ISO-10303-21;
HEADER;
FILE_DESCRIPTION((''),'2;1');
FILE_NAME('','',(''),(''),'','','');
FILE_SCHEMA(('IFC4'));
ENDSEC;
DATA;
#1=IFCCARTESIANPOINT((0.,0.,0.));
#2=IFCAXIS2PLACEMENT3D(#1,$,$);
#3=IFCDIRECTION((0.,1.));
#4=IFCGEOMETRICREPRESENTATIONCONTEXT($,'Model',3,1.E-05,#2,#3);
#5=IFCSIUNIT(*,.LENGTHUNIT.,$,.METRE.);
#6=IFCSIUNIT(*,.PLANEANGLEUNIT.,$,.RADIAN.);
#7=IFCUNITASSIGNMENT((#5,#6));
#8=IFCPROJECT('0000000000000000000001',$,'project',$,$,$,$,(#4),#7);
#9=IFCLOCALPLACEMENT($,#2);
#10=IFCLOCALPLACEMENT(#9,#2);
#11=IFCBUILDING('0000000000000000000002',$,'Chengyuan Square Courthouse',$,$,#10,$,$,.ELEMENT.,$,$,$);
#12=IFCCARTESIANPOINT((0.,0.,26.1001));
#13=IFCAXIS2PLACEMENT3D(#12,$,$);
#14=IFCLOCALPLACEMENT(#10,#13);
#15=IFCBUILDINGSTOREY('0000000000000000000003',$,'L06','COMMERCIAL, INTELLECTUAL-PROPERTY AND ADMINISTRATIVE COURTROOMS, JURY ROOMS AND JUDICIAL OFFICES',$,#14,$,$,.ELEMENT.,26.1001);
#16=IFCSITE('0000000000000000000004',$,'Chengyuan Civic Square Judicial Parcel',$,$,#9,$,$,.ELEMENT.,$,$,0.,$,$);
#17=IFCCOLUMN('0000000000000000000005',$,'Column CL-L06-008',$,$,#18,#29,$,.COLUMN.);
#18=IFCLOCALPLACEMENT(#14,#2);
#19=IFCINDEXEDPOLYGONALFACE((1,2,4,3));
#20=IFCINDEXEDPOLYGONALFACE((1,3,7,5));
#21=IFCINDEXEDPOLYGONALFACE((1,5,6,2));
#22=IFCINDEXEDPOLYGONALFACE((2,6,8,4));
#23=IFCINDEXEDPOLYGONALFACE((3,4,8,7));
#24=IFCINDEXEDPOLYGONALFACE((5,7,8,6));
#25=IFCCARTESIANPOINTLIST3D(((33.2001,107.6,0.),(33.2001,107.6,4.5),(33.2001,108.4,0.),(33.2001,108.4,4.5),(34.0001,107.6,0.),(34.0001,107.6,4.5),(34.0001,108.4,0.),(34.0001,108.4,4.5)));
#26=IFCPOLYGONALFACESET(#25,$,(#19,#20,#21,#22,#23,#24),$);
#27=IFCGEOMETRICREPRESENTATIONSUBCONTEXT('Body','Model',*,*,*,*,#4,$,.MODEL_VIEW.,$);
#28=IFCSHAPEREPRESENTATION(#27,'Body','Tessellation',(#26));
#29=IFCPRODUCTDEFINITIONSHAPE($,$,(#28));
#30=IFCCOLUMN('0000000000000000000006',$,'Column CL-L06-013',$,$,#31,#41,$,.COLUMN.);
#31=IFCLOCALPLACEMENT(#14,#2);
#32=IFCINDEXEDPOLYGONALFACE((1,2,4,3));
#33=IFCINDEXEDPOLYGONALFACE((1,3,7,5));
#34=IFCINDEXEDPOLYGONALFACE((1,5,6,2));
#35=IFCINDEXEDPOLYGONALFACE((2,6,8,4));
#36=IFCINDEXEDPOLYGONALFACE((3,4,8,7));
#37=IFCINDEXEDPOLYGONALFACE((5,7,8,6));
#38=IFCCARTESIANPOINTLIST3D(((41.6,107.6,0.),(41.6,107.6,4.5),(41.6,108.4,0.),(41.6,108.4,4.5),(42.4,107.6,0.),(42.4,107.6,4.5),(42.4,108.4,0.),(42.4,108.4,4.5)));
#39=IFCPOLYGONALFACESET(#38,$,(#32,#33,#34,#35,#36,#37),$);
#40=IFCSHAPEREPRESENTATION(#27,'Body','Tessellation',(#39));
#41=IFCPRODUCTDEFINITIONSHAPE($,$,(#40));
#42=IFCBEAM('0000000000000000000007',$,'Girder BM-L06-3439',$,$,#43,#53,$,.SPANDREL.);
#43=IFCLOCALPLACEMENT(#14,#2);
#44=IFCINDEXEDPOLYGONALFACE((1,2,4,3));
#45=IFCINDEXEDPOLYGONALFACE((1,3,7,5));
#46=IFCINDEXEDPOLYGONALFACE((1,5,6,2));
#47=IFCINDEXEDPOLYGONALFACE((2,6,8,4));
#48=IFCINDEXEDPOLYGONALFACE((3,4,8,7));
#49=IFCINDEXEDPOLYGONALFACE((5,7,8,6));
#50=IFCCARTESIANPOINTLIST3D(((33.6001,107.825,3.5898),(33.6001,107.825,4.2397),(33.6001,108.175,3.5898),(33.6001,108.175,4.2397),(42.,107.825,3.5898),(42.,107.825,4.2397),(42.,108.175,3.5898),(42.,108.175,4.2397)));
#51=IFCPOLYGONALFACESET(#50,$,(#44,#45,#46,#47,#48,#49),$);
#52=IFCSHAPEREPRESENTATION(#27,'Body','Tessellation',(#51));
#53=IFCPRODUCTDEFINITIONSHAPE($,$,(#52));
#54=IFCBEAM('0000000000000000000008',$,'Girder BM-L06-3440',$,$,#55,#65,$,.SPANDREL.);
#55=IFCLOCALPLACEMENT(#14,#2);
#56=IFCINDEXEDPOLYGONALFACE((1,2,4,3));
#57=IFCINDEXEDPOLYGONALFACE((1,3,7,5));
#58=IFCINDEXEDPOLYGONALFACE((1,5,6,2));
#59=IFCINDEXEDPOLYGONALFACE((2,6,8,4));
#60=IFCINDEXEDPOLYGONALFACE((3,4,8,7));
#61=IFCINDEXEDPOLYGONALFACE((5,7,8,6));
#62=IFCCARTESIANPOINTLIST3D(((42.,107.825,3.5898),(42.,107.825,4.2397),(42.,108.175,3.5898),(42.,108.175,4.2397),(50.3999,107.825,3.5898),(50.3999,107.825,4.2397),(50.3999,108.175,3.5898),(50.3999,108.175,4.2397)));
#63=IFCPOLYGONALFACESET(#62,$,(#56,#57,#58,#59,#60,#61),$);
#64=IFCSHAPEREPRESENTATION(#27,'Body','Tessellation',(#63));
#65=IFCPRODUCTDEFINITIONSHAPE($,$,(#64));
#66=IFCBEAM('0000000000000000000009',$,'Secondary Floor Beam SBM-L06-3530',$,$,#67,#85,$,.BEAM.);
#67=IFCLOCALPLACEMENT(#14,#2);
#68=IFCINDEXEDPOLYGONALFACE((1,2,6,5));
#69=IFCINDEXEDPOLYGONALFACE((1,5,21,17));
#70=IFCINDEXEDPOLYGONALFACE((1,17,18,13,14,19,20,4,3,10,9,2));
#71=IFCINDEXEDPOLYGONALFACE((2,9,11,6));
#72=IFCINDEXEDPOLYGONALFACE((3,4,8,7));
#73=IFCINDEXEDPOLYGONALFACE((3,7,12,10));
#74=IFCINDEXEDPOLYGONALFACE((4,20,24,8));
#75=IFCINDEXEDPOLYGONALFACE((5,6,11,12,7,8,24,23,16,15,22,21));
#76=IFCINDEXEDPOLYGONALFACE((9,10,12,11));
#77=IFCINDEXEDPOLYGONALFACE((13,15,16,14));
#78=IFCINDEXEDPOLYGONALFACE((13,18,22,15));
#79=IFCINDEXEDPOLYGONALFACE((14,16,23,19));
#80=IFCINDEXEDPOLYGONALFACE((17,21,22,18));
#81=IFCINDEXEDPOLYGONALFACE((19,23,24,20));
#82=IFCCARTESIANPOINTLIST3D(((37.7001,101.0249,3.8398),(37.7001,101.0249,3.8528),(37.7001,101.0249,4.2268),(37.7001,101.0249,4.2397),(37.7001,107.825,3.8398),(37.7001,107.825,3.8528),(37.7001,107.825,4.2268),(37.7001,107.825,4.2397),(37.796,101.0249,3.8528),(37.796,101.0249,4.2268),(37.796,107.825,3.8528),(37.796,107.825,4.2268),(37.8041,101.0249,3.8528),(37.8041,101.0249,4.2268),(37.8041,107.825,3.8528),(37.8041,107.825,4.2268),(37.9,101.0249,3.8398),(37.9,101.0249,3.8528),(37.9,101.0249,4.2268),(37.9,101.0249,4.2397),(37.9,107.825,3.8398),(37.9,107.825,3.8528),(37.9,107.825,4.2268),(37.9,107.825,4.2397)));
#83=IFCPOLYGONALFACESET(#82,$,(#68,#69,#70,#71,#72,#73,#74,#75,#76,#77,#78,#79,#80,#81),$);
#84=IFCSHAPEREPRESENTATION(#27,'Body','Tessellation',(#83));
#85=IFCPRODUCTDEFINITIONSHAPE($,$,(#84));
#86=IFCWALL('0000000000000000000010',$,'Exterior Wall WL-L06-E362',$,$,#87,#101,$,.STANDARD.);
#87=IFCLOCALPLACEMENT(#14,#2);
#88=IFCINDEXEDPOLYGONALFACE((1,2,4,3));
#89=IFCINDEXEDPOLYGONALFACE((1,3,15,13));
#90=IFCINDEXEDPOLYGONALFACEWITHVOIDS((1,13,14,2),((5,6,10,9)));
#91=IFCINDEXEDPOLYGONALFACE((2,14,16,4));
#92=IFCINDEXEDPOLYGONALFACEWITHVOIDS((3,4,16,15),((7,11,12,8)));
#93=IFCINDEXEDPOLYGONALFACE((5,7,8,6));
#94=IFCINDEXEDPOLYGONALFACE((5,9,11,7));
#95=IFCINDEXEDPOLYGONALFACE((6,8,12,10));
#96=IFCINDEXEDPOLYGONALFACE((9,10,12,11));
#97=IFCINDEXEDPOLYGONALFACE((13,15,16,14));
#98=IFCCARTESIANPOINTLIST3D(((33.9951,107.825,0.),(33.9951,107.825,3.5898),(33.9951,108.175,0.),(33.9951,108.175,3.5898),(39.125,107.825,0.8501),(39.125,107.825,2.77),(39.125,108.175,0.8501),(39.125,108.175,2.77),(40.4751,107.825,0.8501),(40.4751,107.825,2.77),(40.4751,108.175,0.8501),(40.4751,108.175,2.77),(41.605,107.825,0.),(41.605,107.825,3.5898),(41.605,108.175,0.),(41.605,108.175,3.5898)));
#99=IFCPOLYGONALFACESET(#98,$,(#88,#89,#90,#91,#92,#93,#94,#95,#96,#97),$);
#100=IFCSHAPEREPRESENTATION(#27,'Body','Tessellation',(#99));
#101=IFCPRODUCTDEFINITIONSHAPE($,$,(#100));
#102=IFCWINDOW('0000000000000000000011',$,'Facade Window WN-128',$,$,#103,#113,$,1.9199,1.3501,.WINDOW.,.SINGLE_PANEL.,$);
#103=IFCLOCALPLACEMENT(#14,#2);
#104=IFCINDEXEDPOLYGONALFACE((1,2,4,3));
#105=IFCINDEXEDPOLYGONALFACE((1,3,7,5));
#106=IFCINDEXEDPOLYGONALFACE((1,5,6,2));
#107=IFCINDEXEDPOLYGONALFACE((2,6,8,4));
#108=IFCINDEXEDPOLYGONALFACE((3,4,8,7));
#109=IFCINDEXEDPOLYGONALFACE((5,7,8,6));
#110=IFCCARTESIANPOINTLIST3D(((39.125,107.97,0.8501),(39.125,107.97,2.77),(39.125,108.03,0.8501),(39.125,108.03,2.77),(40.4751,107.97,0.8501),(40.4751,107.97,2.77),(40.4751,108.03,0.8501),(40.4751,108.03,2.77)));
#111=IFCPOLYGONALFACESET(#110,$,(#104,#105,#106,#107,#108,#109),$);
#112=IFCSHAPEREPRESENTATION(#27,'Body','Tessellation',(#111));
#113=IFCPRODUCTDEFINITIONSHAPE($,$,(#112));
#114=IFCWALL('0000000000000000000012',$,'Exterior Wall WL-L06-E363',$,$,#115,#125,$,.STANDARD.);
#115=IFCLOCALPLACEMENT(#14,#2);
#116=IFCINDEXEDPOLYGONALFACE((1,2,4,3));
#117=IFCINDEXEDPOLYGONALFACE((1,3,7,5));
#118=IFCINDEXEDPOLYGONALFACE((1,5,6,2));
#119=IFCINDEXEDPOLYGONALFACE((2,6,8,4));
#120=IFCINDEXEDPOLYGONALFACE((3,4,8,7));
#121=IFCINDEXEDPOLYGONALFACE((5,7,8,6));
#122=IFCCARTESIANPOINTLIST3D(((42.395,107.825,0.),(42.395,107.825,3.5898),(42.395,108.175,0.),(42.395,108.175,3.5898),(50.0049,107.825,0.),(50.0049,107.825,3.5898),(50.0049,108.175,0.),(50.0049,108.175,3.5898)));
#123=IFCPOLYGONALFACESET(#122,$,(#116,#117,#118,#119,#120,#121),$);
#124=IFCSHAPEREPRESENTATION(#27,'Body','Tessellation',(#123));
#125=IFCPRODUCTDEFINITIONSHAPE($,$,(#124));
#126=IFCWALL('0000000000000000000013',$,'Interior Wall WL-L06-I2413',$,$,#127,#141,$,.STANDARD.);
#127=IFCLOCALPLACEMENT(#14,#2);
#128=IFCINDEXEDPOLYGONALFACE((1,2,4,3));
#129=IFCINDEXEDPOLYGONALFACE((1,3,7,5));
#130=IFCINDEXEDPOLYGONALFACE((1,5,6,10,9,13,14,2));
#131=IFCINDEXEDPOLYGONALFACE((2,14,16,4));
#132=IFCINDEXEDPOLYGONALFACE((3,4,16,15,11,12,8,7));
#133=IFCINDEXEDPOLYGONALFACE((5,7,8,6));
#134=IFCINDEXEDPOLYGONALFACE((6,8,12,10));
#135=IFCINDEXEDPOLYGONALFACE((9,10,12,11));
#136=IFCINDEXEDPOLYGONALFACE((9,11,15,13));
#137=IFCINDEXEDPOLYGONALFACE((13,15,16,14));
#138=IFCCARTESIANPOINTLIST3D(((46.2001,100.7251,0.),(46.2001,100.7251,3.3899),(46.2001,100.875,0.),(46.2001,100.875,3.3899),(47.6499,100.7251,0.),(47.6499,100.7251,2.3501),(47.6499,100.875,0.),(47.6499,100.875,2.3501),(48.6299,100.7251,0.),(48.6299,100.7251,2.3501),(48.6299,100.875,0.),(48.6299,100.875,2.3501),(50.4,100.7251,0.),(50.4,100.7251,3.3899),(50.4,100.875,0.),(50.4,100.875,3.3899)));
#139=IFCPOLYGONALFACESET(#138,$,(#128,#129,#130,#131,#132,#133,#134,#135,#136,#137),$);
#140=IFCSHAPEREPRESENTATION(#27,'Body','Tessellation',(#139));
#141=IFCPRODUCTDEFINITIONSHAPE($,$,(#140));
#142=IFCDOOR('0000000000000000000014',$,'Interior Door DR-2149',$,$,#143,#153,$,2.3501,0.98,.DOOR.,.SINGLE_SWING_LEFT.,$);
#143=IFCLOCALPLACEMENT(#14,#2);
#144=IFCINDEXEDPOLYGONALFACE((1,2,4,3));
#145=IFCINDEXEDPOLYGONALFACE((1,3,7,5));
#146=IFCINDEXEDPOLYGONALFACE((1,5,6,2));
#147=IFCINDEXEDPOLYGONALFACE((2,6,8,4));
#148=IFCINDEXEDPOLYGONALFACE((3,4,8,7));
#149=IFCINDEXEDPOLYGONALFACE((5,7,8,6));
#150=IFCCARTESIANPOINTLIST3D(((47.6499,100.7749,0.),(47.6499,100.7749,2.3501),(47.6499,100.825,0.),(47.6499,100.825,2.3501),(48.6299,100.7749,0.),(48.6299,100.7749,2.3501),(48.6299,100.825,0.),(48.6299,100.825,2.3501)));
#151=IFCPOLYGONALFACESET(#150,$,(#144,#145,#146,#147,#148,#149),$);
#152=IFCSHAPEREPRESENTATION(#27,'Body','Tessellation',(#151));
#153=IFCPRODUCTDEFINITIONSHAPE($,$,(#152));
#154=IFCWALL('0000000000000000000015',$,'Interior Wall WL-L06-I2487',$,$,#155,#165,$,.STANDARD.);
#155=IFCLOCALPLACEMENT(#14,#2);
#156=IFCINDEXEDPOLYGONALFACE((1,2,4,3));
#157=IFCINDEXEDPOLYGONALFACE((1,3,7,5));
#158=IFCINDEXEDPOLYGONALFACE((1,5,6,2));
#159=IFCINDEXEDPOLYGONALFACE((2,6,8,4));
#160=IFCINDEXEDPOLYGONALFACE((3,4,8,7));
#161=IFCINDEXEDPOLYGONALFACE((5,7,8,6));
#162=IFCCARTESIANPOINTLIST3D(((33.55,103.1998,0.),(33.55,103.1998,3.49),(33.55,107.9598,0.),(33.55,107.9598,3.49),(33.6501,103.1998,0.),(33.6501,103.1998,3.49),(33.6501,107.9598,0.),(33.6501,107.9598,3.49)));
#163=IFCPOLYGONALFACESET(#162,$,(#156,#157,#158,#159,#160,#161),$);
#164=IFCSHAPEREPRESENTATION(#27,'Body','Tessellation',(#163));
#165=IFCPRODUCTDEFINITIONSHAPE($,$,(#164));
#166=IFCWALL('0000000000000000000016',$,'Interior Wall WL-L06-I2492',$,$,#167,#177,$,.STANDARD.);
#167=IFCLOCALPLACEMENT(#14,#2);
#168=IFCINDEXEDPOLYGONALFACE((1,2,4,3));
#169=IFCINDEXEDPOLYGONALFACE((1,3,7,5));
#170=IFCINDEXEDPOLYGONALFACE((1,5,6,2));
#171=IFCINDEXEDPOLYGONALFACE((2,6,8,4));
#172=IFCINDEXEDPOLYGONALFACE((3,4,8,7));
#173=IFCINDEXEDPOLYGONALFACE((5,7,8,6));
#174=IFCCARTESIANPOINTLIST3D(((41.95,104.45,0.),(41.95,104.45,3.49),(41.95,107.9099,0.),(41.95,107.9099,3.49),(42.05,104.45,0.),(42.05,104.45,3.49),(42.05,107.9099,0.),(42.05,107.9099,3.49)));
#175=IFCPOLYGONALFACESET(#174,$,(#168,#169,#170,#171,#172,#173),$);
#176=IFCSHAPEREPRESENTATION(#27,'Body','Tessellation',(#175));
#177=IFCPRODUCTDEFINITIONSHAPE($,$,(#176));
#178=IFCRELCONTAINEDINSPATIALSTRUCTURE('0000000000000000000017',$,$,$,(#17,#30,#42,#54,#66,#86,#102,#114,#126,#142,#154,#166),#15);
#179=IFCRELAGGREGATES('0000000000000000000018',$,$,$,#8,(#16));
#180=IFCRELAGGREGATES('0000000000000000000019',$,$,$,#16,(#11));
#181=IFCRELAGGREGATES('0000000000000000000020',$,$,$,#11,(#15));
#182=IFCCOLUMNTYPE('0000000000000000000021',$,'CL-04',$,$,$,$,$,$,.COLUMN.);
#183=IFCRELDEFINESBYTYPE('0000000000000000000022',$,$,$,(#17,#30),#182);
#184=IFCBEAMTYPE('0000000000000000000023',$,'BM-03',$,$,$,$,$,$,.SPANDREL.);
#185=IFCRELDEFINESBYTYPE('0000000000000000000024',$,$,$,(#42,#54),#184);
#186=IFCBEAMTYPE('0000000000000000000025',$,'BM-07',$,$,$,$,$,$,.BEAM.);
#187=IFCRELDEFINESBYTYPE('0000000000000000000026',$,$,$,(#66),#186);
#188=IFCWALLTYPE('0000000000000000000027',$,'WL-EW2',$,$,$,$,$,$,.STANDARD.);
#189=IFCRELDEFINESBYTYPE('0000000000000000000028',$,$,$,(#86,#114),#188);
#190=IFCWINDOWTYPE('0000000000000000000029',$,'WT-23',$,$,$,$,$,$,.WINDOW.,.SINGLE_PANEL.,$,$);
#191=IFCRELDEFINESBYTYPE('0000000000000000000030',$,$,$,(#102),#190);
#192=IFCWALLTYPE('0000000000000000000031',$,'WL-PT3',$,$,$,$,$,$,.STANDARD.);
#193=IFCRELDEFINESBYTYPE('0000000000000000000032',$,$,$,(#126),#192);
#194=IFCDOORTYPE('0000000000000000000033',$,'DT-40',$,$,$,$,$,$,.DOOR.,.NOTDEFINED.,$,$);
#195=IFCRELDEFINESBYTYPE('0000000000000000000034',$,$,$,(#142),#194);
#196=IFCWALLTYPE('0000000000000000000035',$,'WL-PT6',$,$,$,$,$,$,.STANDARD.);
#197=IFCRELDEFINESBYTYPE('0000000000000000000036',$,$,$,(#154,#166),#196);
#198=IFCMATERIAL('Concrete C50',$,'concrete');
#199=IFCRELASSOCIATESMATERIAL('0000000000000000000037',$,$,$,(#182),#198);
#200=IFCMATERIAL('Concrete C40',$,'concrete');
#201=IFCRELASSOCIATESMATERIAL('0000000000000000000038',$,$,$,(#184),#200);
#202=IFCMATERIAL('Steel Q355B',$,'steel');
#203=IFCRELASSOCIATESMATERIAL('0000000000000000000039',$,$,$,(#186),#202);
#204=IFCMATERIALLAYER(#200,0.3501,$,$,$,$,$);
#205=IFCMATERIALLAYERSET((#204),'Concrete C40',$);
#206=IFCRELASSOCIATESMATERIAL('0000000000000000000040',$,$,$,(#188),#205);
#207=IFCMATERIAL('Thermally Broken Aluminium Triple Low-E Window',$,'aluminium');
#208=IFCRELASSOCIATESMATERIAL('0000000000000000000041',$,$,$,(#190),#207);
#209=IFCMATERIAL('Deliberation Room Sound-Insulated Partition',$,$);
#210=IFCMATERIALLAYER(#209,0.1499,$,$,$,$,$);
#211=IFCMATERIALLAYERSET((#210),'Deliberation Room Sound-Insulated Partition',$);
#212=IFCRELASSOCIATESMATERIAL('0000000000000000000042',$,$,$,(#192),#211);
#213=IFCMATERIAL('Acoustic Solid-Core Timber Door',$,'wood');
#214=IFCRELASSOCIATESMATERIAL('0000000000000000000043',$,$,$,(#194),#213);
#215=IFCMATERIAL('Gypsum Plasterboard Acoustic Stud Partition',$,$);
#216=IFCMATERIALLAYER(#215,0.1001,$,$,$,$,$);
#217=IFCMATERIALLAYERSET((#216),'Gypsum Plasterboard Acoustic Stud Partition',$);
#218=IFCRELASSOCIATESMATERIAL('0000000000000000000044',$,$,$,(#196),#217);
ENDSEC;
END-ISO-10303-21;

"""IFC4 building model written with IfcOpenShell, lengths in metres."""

from ifc_helpers import new_model, si_unit, direction, frame, frame_2d, origin, origin_2d, place, context, subcontext, project, spatial, rectangle, i_section, extrude, material, layer, layer_set, material_profile, profile_set, type_object, element, fill, save


model = new_model("IFC4")

# Units and contexts
model_context = context("Model", 3, precision=1e-05, world=origin(), true_north=direction((0.0, 1.0)))
body_context = subcontext(model_context, "Body", "Model", "MODEL_VIEW")
ifc_project = project(units=[si_unit("LENGTHUNIT", "METRE"), si_unit("PLANEANGLEUNIT", "RADIAN")], contexts=[model_context])

# Site, building, storey
site_placement = place(None, origin())
site = spatial("IfcSite", under=ifc_project, at=site_placement, Name="Chengyuan Civic Square Judicial Parcel", CompositionType="ELEMENT", RefElevation=0.0)
building_placement = place(site_placement, origin())
building = spatial("IfcBuilding", under=site, at=building_placement, Name="Chengyuan Square Courthouse", CompositionType="ELEMENT")
storey_placement = place(building_placement, frame((0.0, 0.0, 26.1001)))
storey = spatial("IfcBuildingStorey", under=building, at=storey_placement, Name="L06", Description="COMMERCIAL, INTELLECTUAL-PROPERTY AND ADMINISTRATIVE COURTROOMS, JURY ROOMS AND JUDICIAL OFFICES", CompositionType="ELEMENT", Elevation=26.1001)

# Columns
ifc_material_1 = material(Name="Concrete C50", Category="concrete")
ifc_material_profile_1 = material_profile(ifc_material_1, rectangle(XDim=0.8, YDim=0.8, at=origin_2d()), Name="RC-COL-800x800")
ifc_profile_set_1 = profile_set([ifc_material_profile_1], Name="Concrete C50")
column_type = type_object("IfcColumnType", Name="CL-04", PredefinedType="COLUMN", material=ifc_profile_set_1)
for number, where, z_axis, x_axis, name in (
    (1, (33.6001, 108.0, 0.0), (0.0, 0.0, 1.0), (1.0, 0.0, 0.0), "Column CL-L06-008"),
    (2, (42.0, 108.0, 0.0), (0.0, 0.0, 1.0), (1.0, 0.0, 0.0), "Column CL-L06-013"),
):
    element("IfcColumn", number, at=place(storey_placement, frame(where, z_axis=z_axis, x_axis=x_axis)), inside=storey, type_object=column_type, Name=name, PredefinedType="COLUMN", context=body_context, shape_type="SweptSolid", body=[
        extrude(rectangle(XDim=0.8, YDim=0.8, at=origin_2d()), origin(), (0.0, 0.0, 1.0), 4.5),
    ])

# Beams
ifc_material_2 = material(Name="Concrete C40", Category="concrete")
ifc_material_profile_2 = material_profile(ifc_material_2, rectangle(XDim=0.3501, YDim=0.6499, at=origin_2d()), Name="RC-BM-350x650")
ifc_profile_set_2 = profile_set([ifc_material_profile_2], Name="Concrete C40")
beam_type_1 = type_object("IfcBeamType", Name="BM-03", PredefinedType="SPANDREL", material=ifc_profile_set_2)
for number, where, z_axis, x_axis, name in (
    (3, (33.6001, 108.0, 3.9148), (1.0, 0.0, 0.0), (0.0, 1.0, 0.0), "Girder BM-L06-3439"),
    (4, (42.0, 108.0, 3.9148), (1.0, 0.0, 0.0), (0.0, 1.0, 0.0), "Girder BM-L06-3440"),
):
    element("IfcBeam", number, at=place(storey_placement, frame(where, z_axis=z_axis, x_axis=x_axis)), inside=storey, type_object=beam_type_1, Name=name, PredefinedType="SPANDREL", context=body_context, shape_type="SweptSolid", body=[
        extrude(rectangle(XDim=0.3501, YDim=0.6499, at=origin_2d()), origin(), (0.0, 0.0, 1.0), 8.3999),
    ])
ifc_material_3 = material(Name="Steel Q355B", Category="steel")
ifc_material_profile_3 = material_profile(ifc_material_3, i_section(OverallWidth=0.2, OverallDepth=0.3999, WebThickness=0.0081, FlangeThickness=0.0129, at=origin_2d()), Name="HN 400x200x8x13")
ifc_profile_set_3 = profile_set([ifc_material_profile_3], Name="Steel Q355B")
beam_type_2 = type_object("IfcBeamType", Name="BM-07", PredefinedType="BEAM", material=ifc_profile_set_3)
beam_placement = place(storey_placement, frame((37.8, 101.0249, 4.0398), z_axis=(0.0, 1.0, 0.0), x_axis=(-1.0, 0.0, 0.0)))
element("IfcBeam", 5, at=beam_placement, inside=storey, type_object=beam_type_2, Name="Secondary Floor Beam SBM-L06-3530", PredefinedType="BEAM", context=body_context, shape_type="SweptSolid", body=[
    extrude(i_section(OverallWidth=0.2, OverallDepth=0.3999, WebThickness=0.0081, FlangeThickness=0.0129, at=origin_2d()), origin(), (0.0, 0.0, 1.0), 6.8),
])

# Wall, opening, window
ifc_layer_1 = layer(ifc_material_2, 0.3501)
ifc_layer_set_1 = layer_set([ifc_layer_1], Name="Concrete C40")
wall_type_1 = type_object("IfcWallType", Name="WL-EW2", PredefinedType="STANDARD", material=ifc_layer_set_1)
wall_1_placement = place(storey_placement, frame((33.9951, 108.0, 0.0), z_axis=(0.0, 0.0, 1.0), x_axis=(1.0, 0.0, 0.0)))
wall_1 = element("IfcWall", 6, at=wall_1_placement, inside=storey, type_object=wall_type_1, Name="Exterior Wall WL-L06-E362", PredefinedType="STANDARD", context=body_context, shape_type="SweptSolid", body=[
    extrude(rectangle(XDim=7.6099, YDim=0.3501, at=frame_2d((3.8049, 0.0))), origin(), (0.0, 0.0, 1.0), 3.5898),
])
opening_1_placement = place(wall_1_placement, frame((5.1299, 0.0, 0.8501)))
opening_1 = element("IfcOpeningElement", 7, at=opening_1_placement, cuts=wall_1, PredefinedType="OPENING", context=body_context, shape_type="SweptSolid", body=[
    extrude(rectangle(XDim=1.3501, YDim=1.9199, at=frame_2d((0.675, 0.96))), frame((0.0, 0.187, 0.0), z_axis=(0.0, -1.0, 0.0), x_axis=(1.0, 0.0, 0.0)), (0.0, 0.0, 1.0), 0.374),
])
ifc_material_4 = material(Name="Thermally Broken Aluminium Triple Low-E Window", Category="aluminium")
window_type = type_object("IfcWindowType", Name="WT-23", PartitioningType="SINGLE_PANEL", PredefinedType="WINDOW", material=ifc_material_4)
window_placement = place(opening_1_placement, origin())
window = element("IfcWindow", 8, at=window_placement, inside=storey, type_object=window_type, Name="Facade Window WN-128", OverallHeight=1.9199, OverallWidth=1.3501, PartitioningType="SINGLE_PANEL", PredefinedType="WINDOW", context=body_context, shape_type="SweptSolid", body=[
    extrude(rectangle(XDim=1.3501, YDim=1.9199, at=frame_2d((0.675, 0.96))), frame((0.0, 0.03, 0.0), z_axis=(0.0, -1.0, 0.0), x_axis=(1.0, 0.0, 0.0)), (0.0, 0.0, 1.0), 0.0601),
])
fill(opening_1, window)

# Wall
wall_2_placement = place(storey_placement, frame((42.395, 108.0, 0.0), z_axis=(0.0, 0.0, 1.0), x_axis=(1.0, 0.0, 0.0)))
element("IfcWall", 9, at=wall_2_placement, inside=storey, type_object=wall_type_1, Name="Exterior Wall WL-L06-E363", PredefinedType="STANDARD", context=body_context, shape_type="SweptSolid", body=[
    extrude(rectangle(XDim=7.6099, YDim=0.3501, at=frame_2d((3.8049, 0.0))), origin(), (0.0, 0.0, 1.0), 3.5898),
])

# Wall, opening, door
ifc_material_5 = material(Name="Deliberation Room Sound-Insulated Partition")
ifc_layer_2 = layer(ifc_material_5, 0.1499)
ifc_layer_set_2 = layer_set([ifc_layer_2], Name="Deliberation Room Sound-Insulated Partition")
wall_type_2 = type_object("IfcWallType", Name="WL-PT3", PredefinedType="STANDARD", material=ifc_layer_set_2)
wall_3_placement = place(storey_placement, frame((46.2, 100.8, 0.0), z_axis=(0.0, 0.0, 1.0), x_axis=(1.0, 0.0, 0.0)))
wall_3 = element("IfcWall", 10, at=wall_3_placement, inside=storey, type_object=wall_type_2, Name="Interior Wall WL-L06-I2413", PredefinedType="STANDARD", context=body_context, shape_type="SweptSolid", body=[
    extrude(rectangle(XDim=4.2, YDim=0.1499, at=frame_2d((2.1001, 0.0))), origin(), (0.0, 0.0, 1.0), 3.3899),
])
opening_2_placement = place(wall_3_placement, frame((1.45, 0.0, 0.0)))
opening_2 = element("IfcOpeningElement", 11, at=opening_2_placement, cuts=wall_3, PredefinedType="OPENING", context=body_context, shape_type="SweptSolid", body=[
    extrude(rectangle(XDim=0.98, YDim=2.3501, at=frame_2d((0.49, 1.175))), frame((0.0, 0.0869, 0.0), z_axis=(0.0, -1.0, 0.0), x_axis=(1.0, 0.0, 0.0)), (0.0, 0.0, 1.0), 0.1738),
])
ifc_material_6 = material(Name="Acoustic Solid-Core Timber Door", Category="wood")
door_type_1 = type_object("IfcDoorType", Name="DT-40", OperationType="NOTDEFINED", PredefinedType="DOOR", material=ifc_material_6)
door_1_placement = place(opening_2_placement, origin())
door_1 = element("IfcDoor", 12, at=door_1_placement, inside=storey, type_object=door_type_1, Name="Interior Door DR-2149", OperationType="SINGLE_SWING_LEFT", OverallHeight=2.3501, OverallWidth=0.98, PredefinedType="DOOR", context=body_context, shape_type="SweptSolid", body=[
    extrude(rectangle(XDim=0.98, YDim=2.3501, at=frame_2d((0.49, 1.175))), frame((0.0, 0.0249, 0.0), z_axis=(0.0, -1.0, 0.0), x_axis=(1.0, 0.0, 0.0)), (0.0, 0.0, 1.0), 0.05),
])
fill(opening_2, door_1)

# Walls
ifc_material_7 = material(Name="Gypsum Plasterboard Acoustic Stud Partition")
ifc_layer_3 = layer(ifc_material_7, 0.1001)
ifc_layer_set_3 = layer_set([ifc_layer_3], Name="Gypsum Plasterboard Acoustic Stud Partition")
wall_type_3 = type_object("IfcWallType", Name="WL-PT6", PredefinedType="STANDARD", material=ifc_layer_set_3)
wall_4_placement = place(storey_placement, frame((33.6001, 103.2, 0.0), z_axis=(0.0, 0.0, 1.0), x_axis=(0.0, 1.0, 0.0)))
element("IfcWall", 13, at=wall_4_placement, inside=storey, type_object=wall_type_3, Name="Interior Wall WL-L06-I2487", PredefinedType="STANDARD", context=body_context, shape_type="SweptSolid", body=[
    extrude(rectangle(XDim=4.76, YDim=0.1001, at=frame_2d((2.3799, 0.0))), origin(), (0.0, 0.0, 1.0), 3.49),
])
wall_5_placement = place(storey_placement, frame((42.0, 104.45, 0.0), z_axis=(0.0, 0.0, 1.0), x_axis=(0.0, 1.0, 0.0)))
element("IfcWall", 14, at=wall_5_placement, inside=storey, type_object=wall_type_3, Name="Interior Wall WL-L06-I2492", PredefinedType="STANDARD", context=body_context, shape_type="SweptSolid", body=[
    extrude(rectangle(XDim=3.46, YDim=0.1001, at=frame_2d((1.73, 0.0))), origin(), (0.0, 0.0, 1.0), 3.49),
])

save(model, "model.ifc")
